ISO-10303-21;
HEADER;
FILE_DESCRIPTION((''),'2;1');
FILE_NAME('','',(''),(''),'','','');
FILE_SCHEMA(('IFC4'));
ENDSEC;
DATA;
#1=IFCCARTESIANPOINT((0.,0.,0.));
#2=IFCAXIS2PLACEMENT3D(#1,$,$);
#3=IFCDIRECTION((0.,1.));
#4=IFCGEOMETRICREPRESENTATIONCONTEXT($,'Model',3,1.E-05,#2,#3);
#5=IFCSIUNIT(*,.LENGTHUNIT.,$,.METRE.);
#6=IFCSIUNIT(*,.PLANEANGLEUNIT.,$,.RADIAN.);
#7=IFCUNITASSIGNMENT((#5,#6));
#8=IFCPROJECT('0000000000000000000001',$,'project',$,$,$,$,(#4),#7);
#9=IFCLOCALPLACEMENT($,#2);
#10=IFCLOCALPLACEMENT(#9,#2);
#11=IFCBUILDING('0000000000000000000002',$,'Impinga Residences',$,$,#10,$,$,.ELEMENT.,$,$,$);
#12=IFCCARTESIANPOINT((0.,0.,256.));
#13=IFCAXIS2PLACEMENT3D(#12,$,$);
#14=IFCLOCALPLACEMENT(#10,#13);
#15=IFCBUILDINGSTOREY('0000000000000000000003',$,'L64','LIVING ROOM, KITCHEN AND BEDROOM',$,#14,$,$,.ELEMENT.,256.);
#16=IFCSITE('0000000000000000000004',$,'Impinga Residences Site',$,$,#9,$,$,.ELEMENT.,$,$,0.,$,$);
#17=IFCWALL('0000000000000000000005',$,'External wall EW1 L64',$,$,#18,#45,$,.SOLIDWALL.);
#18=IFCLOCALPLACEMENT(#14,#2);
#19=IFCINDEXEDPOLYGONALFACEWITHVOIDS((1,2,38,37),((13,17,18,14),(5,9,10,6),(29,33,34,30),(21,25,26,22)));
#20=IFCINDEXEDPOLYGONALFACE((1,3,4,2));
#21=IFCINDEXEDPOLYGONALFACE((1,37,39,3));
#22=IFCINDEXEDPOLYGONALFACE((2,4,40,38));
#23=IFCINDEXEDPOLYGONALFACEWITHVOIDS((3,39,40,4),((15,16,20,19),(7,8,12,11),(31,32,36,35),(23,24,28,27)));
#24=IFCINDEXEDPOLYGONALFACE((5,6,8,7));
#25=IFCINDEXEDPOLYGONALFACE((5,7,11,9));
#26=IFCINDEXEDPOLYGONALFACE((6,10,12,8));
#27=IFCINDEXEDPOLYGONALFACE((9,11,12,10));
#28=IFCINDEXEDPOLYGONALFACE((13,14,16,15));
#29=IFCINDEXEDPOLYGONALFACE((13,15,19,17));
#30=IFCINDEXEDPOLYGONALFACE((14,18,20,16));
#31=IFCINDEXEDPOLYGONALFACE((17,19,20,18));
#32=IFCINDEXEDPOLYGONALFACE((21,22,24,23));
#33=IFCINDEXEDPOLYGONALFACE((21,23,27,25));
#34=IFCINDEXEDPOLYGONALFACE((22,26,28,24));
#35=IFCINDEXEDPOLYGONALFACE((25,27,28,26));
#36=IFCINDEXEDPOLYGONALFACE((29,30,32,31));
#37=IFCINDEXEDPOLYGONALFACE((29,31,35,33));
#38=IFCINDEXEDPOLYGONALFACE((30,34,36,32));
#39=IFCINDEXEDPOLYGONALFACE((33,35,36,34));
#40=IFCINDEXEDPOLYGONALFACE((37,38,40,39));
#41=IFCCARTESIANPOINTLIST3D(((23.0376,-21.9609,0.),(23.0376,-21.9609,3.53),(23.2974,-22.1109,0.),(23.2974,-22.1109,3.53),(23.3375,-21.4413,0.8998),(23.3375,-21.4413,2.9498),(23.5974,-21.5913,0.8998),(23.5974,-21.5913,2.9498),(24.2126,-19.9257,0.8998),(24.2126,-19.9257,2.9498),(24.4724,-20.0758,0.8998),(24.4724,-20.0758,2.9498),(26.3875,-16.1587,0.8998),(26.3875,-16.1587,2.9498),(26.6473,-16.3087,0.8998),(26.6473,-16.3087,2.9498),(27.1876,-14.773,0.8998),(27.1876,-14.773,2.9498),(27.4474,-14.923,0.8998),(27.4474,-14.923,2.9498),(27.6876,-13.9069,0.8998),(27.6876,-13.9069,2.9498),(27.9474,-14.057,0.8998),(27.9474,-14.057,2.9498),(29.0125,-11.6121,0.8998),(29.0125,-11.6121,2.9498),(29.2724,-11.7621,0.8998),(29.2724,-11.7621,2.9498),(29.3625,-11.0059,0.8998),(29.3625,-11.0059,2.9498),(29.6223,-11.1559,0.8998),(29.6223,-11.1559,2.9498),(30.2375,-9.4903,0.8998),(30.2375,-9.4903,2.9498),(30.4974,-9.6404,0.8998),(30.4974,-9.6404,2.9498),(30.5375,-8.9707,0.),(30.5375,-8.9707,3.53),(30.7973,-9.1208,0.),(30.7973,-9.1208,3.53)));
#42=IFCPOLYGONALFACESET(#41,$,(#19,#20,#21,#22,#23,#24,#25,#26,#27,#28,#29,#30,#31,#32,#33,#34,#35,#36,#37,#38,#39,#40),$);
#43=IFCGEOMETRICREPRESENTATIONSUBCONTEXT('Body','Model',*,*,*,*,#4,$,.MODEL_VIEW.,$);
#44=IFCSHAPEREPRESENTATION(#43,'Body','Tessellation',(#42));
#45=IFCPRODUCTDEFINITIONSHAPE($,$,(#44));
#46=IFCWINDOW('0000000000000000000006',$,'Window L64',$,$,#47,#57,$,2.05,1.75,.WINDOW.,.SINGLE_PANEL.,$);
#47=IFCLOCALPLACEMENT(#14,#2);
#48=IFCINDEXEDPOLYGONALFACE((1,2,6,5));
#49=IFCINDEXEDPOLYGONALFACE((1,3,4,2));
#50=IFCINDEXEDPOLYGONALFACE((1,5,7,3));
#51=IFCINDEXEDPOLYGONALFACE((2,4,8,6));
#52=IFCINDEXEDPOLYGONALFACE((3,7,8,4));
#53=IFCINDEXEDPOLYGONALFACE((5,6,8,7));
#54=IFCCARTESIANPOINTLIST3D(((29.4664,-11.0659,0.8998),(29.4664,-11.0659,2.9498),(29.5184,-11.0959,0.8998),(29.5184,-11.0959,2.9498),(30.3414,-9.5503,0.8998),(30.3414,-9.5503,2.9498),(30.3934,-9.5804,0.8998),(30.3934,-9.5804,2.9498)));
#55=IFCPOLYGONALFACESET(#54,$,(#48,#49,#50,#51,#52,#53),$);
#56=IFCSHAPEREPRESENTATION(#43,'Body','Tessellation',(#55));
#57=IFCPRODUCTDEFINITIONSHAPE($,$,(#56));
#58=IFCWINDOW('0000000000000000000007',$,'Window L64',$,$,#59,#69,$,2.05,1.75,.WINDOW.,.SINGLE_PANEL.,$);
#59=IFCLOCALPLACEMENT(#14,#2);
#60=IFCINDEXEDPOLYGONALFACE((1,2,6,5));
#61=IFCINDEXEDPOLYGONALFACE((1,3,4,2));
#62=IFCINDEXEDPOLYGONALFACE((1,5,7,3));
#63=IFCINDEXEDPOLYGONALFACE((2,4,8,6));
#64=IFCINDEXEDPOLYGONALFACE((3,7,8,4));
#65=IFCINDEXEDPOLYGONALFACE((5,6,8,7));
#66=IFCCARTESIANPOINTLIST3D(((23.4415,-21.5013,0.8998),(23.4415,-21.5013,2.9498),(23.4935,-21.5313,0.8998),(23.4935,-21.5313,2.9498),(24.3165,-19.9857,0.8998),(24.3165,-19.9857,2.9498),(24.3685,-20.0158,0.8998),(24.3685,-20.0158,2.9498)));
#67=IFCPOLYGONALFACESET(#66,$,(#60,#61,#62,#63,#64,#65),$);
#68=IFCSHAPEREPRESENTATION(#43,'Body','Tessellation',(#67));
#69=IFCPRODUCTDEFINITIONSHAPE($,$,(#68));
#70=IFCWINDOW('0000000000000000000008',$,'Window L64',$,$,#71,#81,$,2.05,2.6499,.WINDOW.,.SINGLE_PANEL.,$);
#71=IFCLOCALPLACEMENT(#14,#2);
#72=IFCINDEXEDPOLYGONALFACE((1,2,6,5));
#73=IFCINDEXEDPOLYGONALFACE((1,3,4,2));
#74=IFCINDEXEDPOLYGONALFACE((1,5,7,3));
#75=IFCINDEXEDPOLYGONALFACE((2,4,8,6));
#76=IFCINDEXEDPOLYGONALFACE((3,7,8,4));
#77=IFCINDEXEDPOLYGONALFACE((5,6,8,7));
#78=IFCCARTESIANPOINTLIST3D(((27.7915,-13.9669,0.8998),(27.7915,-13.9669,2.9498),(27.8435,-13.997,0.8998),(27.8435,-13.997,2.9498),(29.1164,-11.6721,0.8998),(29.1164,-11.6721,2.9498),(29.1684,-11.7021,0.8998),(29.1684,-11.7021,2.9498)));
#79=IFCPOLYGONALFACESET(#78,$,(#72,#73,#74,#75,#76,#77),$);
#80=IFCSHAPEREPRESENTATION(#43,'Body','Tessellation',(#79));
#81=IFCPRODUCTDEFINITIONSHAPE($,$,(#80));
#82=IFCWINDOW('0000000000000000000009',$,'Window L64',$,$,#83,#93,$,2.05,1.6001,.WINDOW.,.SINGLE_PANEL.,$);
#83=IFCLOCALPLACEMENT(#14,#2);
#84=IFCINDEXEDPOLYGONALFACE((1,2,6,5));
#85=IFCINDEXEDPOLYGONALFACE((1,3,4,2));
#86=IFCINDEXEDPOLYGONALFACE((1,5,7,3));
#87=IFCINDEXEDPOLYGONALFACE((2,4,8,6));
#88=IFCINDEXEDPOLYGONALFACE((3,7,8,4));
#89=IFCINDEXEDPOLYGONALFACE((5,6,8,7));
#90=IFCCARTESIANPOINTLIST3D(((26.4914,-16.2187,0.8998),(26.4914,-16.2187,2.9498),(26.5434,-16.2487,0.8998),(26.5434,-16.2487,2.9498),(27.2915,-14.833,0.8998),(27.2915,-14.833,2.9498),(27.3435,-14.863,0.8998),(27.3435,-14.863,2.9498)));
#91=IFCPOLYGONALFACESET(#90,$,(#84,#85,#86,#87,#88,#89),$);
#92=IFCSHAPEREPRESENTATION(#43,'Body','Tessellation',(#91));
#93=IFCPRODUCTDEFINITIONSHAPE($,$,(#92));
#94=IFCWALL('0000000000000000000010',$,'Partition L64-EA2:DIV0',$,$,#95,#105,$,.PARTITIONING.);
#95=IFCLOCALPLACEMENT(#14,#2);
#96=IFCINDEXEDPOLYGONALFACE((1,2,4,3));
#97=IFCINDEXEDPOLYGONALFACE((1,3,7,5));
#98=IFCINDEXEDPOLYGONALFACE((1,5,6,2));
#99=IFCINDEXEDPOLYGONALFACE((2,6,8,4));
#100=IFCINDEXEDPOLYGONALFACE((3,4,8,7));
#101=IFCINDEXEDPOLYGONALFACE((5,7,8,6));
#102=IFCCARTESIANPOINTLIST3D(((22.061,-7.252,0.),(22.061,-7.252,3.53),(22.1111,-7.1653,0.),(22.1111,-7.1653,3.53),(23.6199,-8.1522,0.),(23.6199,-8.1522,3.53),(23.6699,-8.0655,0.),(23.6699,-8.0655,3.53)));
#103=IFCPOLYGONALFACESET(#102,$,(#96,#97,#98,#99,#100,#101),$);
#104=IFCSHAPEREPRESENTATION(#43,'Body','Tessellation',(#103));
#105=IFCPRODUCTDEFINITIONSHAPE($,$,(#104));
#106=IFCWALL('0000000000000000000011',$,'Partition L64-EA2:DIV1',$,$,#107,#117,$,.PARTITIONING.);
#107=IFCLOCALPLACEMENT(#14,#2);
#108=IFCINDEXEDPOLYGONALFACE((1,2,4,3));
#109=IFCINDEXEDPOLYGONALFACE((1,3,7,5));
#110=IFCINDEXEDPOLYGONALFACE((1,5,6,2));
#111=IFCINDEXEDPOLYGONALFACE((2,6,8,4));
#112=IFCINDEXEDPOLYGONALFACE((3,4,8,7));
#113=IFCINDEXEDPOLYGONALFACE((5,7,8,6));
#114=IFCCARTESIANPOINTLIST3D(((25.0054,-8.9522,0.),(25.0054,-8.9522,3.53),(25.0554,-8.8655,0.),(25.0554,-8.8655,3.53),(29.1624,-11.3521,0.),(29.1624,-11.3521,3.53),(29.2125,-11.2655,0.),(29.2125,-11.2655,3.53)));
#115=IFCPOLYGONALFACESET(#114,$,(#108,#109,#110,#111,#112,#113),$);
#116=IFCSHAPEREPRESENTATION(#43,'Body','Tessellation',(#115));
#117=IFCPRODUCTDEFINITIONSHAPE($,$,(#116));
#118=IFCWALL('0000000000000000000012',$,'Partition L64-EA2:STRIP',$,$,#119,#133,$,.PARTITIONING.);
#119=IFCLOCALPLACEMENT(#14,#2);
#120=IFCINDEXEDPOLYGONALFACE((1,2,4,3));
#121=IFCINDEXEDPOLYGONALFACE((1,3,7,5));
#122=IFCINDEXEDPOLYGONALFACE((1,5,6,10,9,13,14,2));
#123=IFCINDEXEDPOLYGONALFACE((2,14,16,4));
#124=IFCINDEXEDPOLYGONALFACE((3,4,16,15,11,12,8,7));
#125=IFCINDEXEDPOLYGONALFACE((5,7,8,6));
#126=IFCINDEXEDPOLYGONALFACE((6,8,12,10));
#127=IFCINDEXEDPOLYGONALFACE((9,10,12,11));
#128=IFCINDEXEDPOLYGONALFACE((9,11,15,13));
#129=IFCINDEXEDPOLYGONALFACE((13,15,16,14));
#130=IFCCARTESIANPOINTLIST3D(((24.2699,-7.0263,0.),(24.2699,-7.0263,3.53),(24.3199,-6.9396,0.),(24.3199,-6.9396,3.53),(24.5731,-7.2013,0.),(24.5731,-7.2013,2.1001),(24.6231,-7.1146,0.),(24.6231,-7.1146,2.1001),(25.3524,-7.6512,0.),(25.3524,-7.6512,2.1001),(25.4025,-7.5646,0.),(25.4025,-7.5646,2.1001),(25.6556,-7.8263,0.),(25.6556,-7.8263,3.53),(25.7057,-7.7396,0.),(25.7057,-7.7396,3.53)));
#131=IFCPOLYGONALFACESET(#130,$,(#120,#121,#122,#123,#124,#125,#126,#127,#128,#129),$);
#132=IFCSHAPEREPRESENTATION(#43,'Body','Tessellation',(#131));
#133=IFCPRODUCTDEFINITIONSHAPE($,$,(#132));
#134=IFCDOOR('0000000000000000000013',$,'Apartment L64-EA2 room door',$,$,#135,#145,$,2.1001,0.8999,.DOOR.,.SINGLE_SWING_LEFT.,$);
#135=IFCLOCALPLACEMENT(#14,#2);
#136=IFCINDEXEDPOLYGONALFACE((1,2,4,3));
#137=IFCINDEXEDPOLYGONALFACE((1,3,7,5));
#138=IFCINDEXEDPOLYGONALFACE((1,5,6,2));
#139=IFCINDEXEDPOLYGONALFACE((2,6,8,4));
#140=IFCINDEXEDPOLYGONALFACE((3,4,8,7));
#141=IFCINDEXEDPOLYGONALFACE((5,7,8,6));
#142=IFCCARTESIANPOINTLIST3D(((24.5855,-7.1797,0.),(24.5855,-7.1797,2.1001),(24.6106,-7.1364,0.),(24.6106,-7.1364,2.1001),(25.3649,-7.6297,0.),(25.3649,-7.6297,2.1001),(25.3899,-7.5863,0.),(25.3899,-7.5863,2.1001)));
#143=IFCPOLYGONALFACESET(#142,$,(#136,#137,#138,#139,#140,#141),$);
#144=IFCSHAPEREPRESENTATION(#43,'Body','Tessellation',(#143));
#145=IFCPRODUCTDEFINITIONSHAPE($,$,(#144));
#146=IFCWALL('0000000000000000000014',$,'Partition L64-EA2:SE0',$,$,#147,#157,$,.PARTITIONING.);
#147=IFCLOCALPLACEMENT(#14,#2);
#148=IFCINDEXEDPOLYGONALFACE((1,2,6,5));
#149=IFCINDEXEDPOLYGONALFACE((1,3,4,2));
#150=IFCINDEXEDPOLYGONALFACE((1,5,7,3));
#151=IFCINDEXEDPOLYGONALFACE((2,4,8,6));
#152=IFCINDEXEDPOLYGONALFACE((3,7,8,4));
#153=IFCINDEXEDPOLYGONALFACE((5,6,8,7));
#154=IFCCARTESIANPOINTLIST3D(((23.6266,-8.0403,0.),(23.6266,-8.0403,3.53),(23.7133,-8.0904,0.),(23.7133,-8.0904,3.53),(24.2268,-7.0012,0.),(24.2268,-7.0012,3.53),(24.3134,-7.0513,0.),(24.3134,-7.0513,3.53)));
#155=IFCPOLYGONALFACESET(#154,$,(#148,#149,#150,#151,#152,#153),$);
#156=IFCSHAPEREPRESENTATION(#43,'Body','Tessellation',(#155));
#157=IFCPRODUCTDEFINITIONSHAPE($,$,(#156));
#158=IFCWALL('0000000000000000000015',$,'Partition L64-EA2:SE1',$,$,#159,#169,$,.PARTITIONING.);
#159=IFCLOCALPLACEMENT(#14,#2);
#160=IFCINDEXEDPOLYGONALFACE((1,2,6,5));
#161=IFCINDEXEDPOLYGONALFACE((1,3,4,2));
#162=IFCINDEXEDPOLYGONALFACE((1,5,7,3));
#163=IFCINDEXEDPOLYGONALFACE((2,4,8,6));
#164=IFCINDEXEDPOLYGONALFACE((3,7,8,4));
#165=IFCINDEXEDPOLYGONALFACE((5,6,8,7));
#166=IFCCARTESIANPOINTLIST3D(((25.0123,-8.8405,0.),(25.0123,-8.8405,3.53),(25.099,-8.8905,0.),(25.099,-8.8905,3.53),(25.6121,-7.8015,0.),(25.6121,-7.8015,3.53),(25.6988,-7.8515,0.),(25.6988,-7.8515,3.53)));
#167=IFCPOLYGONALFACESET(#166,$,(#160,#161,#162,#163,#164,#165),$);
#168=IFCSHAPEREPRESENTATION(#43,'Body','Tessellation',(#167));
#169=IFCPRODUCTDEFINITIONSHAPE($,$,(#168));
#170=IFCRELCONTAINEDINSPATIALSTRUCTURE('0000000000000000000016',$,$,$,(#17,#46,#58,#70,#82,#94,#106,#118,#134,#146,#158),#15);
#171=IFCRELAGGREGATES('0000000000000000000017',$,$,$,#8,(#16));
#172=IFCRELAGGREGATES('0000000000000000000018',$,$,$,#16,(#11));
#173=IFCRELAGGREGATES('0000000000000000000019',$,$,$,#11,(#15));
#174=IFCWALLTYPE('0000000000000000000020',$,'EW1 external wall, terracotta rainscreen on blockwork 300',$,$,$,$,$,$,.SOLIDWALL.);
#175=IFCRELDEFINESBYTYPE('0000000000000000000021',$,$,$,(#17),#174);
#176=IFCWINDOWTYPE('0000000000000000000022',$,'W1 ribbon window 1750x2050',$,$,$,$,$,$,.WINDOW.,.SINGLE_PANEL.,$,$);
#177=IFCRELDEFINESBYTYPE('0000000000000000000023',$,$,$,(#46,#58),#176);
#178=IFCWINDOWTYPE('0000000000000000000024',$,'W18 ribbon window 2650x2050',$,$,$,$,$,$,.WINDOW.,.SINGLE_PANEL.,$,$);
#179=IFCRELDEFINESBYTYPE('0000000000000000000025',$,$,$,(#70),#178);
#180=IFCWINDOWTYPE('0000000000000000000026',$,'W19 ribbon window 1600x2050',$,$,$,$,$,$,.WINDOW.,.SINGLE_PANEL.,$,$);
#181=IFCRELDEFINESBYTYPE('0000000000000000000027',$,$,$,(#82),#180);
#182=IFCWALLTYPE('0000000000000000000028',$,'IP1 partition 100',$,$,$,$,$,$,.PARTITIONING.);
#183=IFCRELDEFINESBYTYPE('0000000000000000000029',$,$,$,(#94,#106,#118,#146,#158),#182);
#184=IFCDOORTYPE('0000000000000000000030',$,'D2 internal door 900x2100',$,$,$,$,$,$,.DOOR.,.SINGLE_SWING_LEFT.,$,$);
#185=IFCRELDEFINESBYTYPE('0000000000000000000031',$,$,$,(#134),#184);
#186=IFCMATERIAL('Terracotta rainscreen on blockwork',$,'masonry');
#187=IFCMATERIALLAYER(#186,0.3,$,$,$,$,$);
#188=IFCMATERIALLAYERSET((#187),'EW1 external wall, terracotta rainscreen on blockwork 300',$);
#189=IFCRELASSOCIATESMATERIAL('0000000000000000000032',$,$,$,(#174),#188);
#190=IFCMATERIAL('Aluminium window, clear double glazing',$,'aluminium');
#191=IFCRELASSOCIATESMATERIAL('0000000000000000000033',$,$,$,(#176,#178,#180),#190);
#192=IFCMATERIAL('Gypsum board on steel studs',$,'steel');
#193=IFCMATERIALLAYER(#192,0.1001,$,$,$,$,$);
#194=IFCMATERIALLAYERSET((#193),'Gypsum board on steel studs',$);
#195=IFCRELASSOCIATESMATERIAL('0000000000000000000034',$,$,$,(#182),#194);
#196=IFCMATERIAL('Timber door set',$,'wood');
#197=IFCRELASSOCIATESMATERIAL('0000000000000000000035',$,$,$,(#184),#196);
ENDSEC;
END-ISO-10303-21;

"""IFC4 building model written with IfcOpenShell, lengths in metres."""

from ifc_helpers import new_model, si_unit, direction, frame, frame_2d, origin, place, context, subcontext, project, spatial, rectangle, extrude, material, layer, layer_set, type_object, element, fill, save


model = new_model("IFC4")

# Units and contexts
model_context = context("Model", 3, precision=1e-05, world=origin(), true_north=direction((0.0, 1.0)))
body_context = subcontext(model_context, "Body", "Model", "MODEL_VIEW")
ifc_project = project(units=[si_unit("LENGTHUNIT", "METRE"), si_unit("PLANEANGLEUNIT", "RADIAN")], contexts=[model_context])

# Site, building, storey
site_placement = place(None, origin())
site = spatial("IfcSite", under=ifc_project, at=site_placement, Name="Impinga Residences Site", CompositionType="ELEMENT", RefElevation=0.0)
building_placement = place(site_placement, origin())
building = spatial("IfcBuilding", under=site, at=building_placement, Name="Impinga Residences", CompositionType="ELEMENT")
storey_placement = place(building_placement, frame((0.0, 0.0, 256.0)))
storey = spatial("IfcBuildingStorey", under=building, at=storey_placement, Name="L64", Description="LIVING ROOM, KITCHEN AND BEDROOM", CompositionType="ELEMENT", Elevation=256.0)

# Shared definitions
ifc_material_1 = material(Name="Timber door set", Category="wood")

# Shared definitions
ifc_material_2 = material(Name="Terracotta rainscreen on blockwork", Category="masonry")
ifc_layer_1 = layer(ifc_material_2, 0.3)
ifc_layer_set_1 = layer_set([ifc_layer_1], Name="EW1 external wall, terracotta rainscreen on blockwork 300")
wall_type_1 = type_object("IfcWallType", Name="EW1 external wall, terracotta rainscreen on blockwork 300", PredefinedType="SOLIDWALL", material=ifc_layer_set_1)

# Wall, openings, windows
wall_1_placement = place(storey_placement, frame((30.6675, -9.0457, 0.0), z_axis=(0.0, 0.0, 1.0), x_axis=(-0.500004, -0.866023, 0.0)))
wall_1 = element("IfcWall", 1, at=wall_1_placement, inside=storey, type_object=wall_type_1, Name="External wall EW1 L64", PredefinedType="SOLIDWALL", context=body_context, shape_type="SweptSolid", body=[
    extrude(rectangle(XDim=14.9998, YDim=0.3, at=frame_2d((7.5, 0.0))), origin(), (0.0, 0.0, 1.0), 3.53),
])
opening_1_placement = place(wall_1_placement, frame((0.6001, 0.0, 0.8999)))
opening_1 = element("IfcOpeningElement", 2, at=opening_1_placement, cuts=wall_1, PredefinedType="OPENING", context=body_context, shape_type="SweptSolid", body=[
    extrude(rectangle(XDim=1.75, YDim=2.05, at=frame_2d((0.875, 1.0249))), frame((0.0, 0.1599, 0.0), z_axis=(0.0, -1.0, 0.0), x_axis=(1.0, 0.0, 0.0)), (0.0, 0.0, 1.0), 0.3201),
])
opening_2_placement = place(wall_1_placement, frame((3.05, 0.0, 0.8999)))
opening_2 = element("IfcOpeningElement", 3, at=opening_2_placement, cuts=wall_1, PredefinedType="OPENING", context=body_context, shape_type="SweptSolid", body=[
    extrude(rectangle(XDim=2.6499, YDim=2.05, at=frame_2d((1.325, 1.0249))), frame((0.0, 0.1599, 0.0), z_axis=(0.0, -1.0, 0.0), x_axis=(1.0, 0.0, 0.0)), (0.0, 0.0, 1.0), 0.3201),
])
opening_3_placement = place(wall_1_placement, frame((6.7, 0.0, 0.8999)))
opening_3 = element("IfcOpeningElement", 4, at=opening_3_placement, cuts=wall_1, PredefinedType="OPENING", context=body_context, shape_type="SweptSolid", body=[
    extrude(rectangle(XDim=1.6001, YDim=2.05, at=frame_2d((0.8, 1.0249))), frame((0.0, 0.1599, 0.0), z_axis=(0.0, -1.0, 0.0), x_axis=(1.0, 0.0, 0.0)), (0.0, 0.0, 1.0), 0.3201),
])
opening_4_placement = place(wall_1_placement, frame((12.6499, 0.0, 0.8999)))
opening_4 = element("IfcOpeningElement", 5, at=opening_4_placement, cuts=wall_1, PredefinedType="OPENING", context=body_context, shape_type="SweptSolid", body=[
    extrude(rectangle(XDim=1.75, YDim=2.05, at=frame_2d((0.875, 1.0249))), frame((0.0, 0.1599, 0.0), z_axis=(0.0, -1.0, 0.0), x_axis=(1.0, 0.0, 0.0)), (0.0, 0.0, 1.0), 0.3201),
])
ifc_material_3 = material(Name="Aluminium window, clear double glazing", Category="aluminium")
window_type_1 = type_object("IfcWindowType", Name="W1 ribbon window 1750x2050", PartitioningType="SINGLE_PANEL", PredefinedType="WINDOW", material=ifc_material_3)
window_1_placement = place(opening_1_placement, origin())
window_1 = element("IfcWindow", 6, at=window_1_placement, inside=storey, type_object=window_type_1, Name="Window L64", OverallHeight=2.05, OverallWidth=1.75, PartitioningType="SINGLE_PANEL", PredefinedType="WINDOW", context=body_context, shape_type="SweptSolid", body=[
    extrude(rectangle(XDim=1.75, YDim=2.05, at=frame_2d((0.875, 1.0249))), frame((0.0, 0.03, 0.0), z_axis=(0.0, -1.0, 0.0), x_axis=(1.0, 0.0, 0.0)), (0.0, 0.0, 1.0), 0.0601),
])
fill(opening_1, window_1)
window_2_placement = place(opening_4_placement, origin())
window_2 = element("IfcWindow", 7, at=window_2_placement, inside=storey, type_object=window_type_1, Name="Window L64", OverallHeight=2.05, OverallWidth=1.75, PartitioningType="SINGLE_PANEL", PredefinedType="WINDOW", context=body_context, shape_type="SweptSolid", body=[
    extrude(rectangle(XDim=1.75, YDim=2.05, at=frame_2d((0.875, 1.0249))), frame((0.0, 0.03, 0.0), z_axis=(0.0, -1.0, 0.0), x_axis=(1.0, 0.0, 0.0)), (0.0, 0.0, 1.0), 0.0601),
])
fill(opening_4, window_2)
window_type_2 = type_object("IfcWindowType", Name="W18 ribbon window 2650x2050", PartitioningType="SINGLE_PANEL", PredefinedType="WINDOW", material=ifc_material_3)
window_3_placement = place(opening_2_placement, origin())
window_3 = element("IfcWindow", 8, at=window_3_placement, inside=storey, type_object=window_type_2, Name="Window L64", OverallHeight=2.05, OverallWidth=2.6499, PartitioningType="SINGLE_PANEL", PredefinedType="WINDOW", context=body_context, shape_type="SweptSolid", body=[
    extrude(rectangle(XDim=2.6499, YDim=2.05, at=frame_2d((1.325, 1.0249))), frame((0.0, 0.03, 0.0), z_axis=(0.0, -1.0, 0.0), x_axis=(1.0, 0.0, 0.0)), (0.0, 0.0, 1.0), 0.0601),
])
fill(opening_2, window_3)
window_type_3 = type_object("IfcWindowType", Name="W19 ribbon window 1600x2050", PartitioningType="SINGLE_PANEL", PredefinedType="WINDOW", material=ifc_material_3)
window_4_placement = place(opening_3_placement, origin())
window_4 = element("IfcWindow", 9, at=window_4_placement, inside=storey, type_object=window_type_3, Name="Window L64", OverallHeight=2.05, OverallWidth=1.6001, PartitioningType="SINGLE_PANEL", PredefinedType="WINDOW", context=body_context, shape_type="SweptSolid", body=[
    extrude(rectangle(XDim=1.6001, YDim=2.05, at=frame_2d((0.8, 1.0249))), frame((0.0, 0.03, 0.0), z_axis=(0.0, -1.0, 0.0), x_axis=(1.0, 0.0, 0.0)), (0.0, 0.0, 1.0), 0.0601),
])
fill(opening_3, window_4)

# Walls
ifc_material_4 = material(Name="Gypsum board on steel studs", Category="steel")
ifc_layer_2 = layer(ifc_material_4, 0.1001)
ifc_layer_set_2 = layer_set([ifc_layer_2], Name="Gypsum board on steel studs")
wall_type_2 = type_object("IfcWallType", Name="IP1 partition 100", PredefinedType="PARTITIONING", material=ifc_layer_set_2)
wall_2_placement = place(storey_placement, frame((22.0862, -7.2087, 0.0), z_axis=(0.0, 0.0, 1.0), x_axis=(0.865989, -0.500063, 0.0)))
element("IfcWall", 10, at=wall_2_placement, inside=storey, type_object=wall_type_2, Name="Partition L64-EA2:DIV0", PredefinedType="PARTITIONING", context=body_context, shape_type="SweptSolid", body=[
    extrude(rectangle(XDim=1.8, YDim=0.1001, at=frame_2d((0.8999, 0.0))), origin(), (0.0, 0.0, 1.0), 3.53),
])
wall_3_placement = place(storey_placement, frame((25.0305, -8.9089, 0.0), z_axis=(0.0, 0.0, 1.0), x_axis=(0.866037, -0.499979, 0.0)))
element("IfcWall", 11, at=wall_3_placement, inside=storey, type_object=wall_type_2, Name="Partition L64-EA2:DIV1", PredefinedType="PARTITIONING", context=body_context, shape_type="SweptSolid", body=[
    extrude(rectangle(XDim=4.8, YDim=0.1001, at=frame_2d((2.3999, 0.0))), origin(), (0.0, 0.0, 1.0), 3.53),
])

# Wall, opening, door
wall_4_placement = place(storey_placement, frame((24.2949, -6.9829, 0.0), z_axis=(0.0, 0.0, 1.0), x_axis=(0.866028, -0.499995, 0.0)))
wall_4 = element("IfcWall", 12, at=wall_4_placement, inside=storey, type_object=wall_type_2, Name="Partition L64-EA2:STRIP", PredefinedType="PARTITIONING", context=body_context, shape_type="SweptSolid", body=[
    extrude(rectangle(XDim=1.6001, YDim=0.1001, at=frame_2d((0.8, 0.0))), origin(), (0.0, 0.0, 1.0), 3.53),
])
opening_5_placement = place(wall_4_placement, frame((0.3501, 0.0, 0.0)))
opening_5 = element("IfcOpeningElement", 13, at=opening_5_placement, cuts=wall_4, PredefinedType="OPENING", context=body_context, shape_type="SweptSolid", body=[
    extrude(rectangle(XDim=0.8999, YDim=2.1001, at=frame_2d((0.45, 1.05))), frame((0.0, 0.0601, 0.0), z_axis=(0.0, -1.0, 0.0), x_axis=(1.0, 0.0, 0.0)), (0.0, 0.0, 1.0), 0.1201),
])
door_type_1 = type_object("IfcDoorType", Name="D2 internal door 900x2100", OperationType="SINGLE_SWING_LEFT", PredefinedType="DOOR", material=ifc_material_1)
door_1_placement = place(opening_5_placement, origin())
door_1 = element("IfcDoor", 14, at=door_1_placement, inside=storey, type_object=door_type_1, Name="Apartment L64-EA2 room door", OperationType="SINGLE_SWING_LEFT", OverallHeight=2.1001, OverallWidth=0.8999, PredefinedType="DOOR", context=body_context, shape_type="SweptSolid", body=[
    extrude(rectangle(XDim=0.8999, YDim=2.1001, at=frame_2d((0.45, 1.05))), frame((0.0, 0.0249, 0.0), z_axis=(0.0, -1.0, 0.0), x_axis=(1.0, 0.0, 0.0)), (0.0, 0.0, 1.0), 0.05),
])
fill(opening_5, door_1)

# Walls
wall_5_placement = place(storey_placement, frame((23.6699, -8.0654, 0.0), z_axis=(0.0, 0.0, 1.0), x_axis=(0.500122, 0.865955, 0.0)))
element("IfcWall", 15, at=wall_5_placement, inside=storey, type_object=wall_type_2, Name="Partition L64-EA2:SE0", PredefinedType="PARTITIONING", context=body_context, shape_type="SweptSolid", body=[
    extrude(rectangle(XDim=1.2, YDim=0.1001, at=frame_2d((0.6001, 0.0))), origin(), (0.0, 0.0, 1.0), 3.53),
])
wall_6_placement = place(storey_placement, frame((25.0557, -8.8655, 0.0), z_axis=(0.0, 0.0, 1.0), x_axis=(0.499969, 0.866043, 0.0)))
element("IfcWall", 16, at=wall_6_placement, inside=storey, type_object=wall_type_2, Name="Partition L64-EA2:SE1", PredefinedType="PARTITIONING", context=body_context, shape_type="SweptSolid", body=[
    extrude(rectangle(XDim=1.1997, YDim=0.1001, at=frame_2d((0.5999, 0.0))), origin(), (0.0, 0.0, 1.0), 3.53),
])

save(model, "model.ifc")
